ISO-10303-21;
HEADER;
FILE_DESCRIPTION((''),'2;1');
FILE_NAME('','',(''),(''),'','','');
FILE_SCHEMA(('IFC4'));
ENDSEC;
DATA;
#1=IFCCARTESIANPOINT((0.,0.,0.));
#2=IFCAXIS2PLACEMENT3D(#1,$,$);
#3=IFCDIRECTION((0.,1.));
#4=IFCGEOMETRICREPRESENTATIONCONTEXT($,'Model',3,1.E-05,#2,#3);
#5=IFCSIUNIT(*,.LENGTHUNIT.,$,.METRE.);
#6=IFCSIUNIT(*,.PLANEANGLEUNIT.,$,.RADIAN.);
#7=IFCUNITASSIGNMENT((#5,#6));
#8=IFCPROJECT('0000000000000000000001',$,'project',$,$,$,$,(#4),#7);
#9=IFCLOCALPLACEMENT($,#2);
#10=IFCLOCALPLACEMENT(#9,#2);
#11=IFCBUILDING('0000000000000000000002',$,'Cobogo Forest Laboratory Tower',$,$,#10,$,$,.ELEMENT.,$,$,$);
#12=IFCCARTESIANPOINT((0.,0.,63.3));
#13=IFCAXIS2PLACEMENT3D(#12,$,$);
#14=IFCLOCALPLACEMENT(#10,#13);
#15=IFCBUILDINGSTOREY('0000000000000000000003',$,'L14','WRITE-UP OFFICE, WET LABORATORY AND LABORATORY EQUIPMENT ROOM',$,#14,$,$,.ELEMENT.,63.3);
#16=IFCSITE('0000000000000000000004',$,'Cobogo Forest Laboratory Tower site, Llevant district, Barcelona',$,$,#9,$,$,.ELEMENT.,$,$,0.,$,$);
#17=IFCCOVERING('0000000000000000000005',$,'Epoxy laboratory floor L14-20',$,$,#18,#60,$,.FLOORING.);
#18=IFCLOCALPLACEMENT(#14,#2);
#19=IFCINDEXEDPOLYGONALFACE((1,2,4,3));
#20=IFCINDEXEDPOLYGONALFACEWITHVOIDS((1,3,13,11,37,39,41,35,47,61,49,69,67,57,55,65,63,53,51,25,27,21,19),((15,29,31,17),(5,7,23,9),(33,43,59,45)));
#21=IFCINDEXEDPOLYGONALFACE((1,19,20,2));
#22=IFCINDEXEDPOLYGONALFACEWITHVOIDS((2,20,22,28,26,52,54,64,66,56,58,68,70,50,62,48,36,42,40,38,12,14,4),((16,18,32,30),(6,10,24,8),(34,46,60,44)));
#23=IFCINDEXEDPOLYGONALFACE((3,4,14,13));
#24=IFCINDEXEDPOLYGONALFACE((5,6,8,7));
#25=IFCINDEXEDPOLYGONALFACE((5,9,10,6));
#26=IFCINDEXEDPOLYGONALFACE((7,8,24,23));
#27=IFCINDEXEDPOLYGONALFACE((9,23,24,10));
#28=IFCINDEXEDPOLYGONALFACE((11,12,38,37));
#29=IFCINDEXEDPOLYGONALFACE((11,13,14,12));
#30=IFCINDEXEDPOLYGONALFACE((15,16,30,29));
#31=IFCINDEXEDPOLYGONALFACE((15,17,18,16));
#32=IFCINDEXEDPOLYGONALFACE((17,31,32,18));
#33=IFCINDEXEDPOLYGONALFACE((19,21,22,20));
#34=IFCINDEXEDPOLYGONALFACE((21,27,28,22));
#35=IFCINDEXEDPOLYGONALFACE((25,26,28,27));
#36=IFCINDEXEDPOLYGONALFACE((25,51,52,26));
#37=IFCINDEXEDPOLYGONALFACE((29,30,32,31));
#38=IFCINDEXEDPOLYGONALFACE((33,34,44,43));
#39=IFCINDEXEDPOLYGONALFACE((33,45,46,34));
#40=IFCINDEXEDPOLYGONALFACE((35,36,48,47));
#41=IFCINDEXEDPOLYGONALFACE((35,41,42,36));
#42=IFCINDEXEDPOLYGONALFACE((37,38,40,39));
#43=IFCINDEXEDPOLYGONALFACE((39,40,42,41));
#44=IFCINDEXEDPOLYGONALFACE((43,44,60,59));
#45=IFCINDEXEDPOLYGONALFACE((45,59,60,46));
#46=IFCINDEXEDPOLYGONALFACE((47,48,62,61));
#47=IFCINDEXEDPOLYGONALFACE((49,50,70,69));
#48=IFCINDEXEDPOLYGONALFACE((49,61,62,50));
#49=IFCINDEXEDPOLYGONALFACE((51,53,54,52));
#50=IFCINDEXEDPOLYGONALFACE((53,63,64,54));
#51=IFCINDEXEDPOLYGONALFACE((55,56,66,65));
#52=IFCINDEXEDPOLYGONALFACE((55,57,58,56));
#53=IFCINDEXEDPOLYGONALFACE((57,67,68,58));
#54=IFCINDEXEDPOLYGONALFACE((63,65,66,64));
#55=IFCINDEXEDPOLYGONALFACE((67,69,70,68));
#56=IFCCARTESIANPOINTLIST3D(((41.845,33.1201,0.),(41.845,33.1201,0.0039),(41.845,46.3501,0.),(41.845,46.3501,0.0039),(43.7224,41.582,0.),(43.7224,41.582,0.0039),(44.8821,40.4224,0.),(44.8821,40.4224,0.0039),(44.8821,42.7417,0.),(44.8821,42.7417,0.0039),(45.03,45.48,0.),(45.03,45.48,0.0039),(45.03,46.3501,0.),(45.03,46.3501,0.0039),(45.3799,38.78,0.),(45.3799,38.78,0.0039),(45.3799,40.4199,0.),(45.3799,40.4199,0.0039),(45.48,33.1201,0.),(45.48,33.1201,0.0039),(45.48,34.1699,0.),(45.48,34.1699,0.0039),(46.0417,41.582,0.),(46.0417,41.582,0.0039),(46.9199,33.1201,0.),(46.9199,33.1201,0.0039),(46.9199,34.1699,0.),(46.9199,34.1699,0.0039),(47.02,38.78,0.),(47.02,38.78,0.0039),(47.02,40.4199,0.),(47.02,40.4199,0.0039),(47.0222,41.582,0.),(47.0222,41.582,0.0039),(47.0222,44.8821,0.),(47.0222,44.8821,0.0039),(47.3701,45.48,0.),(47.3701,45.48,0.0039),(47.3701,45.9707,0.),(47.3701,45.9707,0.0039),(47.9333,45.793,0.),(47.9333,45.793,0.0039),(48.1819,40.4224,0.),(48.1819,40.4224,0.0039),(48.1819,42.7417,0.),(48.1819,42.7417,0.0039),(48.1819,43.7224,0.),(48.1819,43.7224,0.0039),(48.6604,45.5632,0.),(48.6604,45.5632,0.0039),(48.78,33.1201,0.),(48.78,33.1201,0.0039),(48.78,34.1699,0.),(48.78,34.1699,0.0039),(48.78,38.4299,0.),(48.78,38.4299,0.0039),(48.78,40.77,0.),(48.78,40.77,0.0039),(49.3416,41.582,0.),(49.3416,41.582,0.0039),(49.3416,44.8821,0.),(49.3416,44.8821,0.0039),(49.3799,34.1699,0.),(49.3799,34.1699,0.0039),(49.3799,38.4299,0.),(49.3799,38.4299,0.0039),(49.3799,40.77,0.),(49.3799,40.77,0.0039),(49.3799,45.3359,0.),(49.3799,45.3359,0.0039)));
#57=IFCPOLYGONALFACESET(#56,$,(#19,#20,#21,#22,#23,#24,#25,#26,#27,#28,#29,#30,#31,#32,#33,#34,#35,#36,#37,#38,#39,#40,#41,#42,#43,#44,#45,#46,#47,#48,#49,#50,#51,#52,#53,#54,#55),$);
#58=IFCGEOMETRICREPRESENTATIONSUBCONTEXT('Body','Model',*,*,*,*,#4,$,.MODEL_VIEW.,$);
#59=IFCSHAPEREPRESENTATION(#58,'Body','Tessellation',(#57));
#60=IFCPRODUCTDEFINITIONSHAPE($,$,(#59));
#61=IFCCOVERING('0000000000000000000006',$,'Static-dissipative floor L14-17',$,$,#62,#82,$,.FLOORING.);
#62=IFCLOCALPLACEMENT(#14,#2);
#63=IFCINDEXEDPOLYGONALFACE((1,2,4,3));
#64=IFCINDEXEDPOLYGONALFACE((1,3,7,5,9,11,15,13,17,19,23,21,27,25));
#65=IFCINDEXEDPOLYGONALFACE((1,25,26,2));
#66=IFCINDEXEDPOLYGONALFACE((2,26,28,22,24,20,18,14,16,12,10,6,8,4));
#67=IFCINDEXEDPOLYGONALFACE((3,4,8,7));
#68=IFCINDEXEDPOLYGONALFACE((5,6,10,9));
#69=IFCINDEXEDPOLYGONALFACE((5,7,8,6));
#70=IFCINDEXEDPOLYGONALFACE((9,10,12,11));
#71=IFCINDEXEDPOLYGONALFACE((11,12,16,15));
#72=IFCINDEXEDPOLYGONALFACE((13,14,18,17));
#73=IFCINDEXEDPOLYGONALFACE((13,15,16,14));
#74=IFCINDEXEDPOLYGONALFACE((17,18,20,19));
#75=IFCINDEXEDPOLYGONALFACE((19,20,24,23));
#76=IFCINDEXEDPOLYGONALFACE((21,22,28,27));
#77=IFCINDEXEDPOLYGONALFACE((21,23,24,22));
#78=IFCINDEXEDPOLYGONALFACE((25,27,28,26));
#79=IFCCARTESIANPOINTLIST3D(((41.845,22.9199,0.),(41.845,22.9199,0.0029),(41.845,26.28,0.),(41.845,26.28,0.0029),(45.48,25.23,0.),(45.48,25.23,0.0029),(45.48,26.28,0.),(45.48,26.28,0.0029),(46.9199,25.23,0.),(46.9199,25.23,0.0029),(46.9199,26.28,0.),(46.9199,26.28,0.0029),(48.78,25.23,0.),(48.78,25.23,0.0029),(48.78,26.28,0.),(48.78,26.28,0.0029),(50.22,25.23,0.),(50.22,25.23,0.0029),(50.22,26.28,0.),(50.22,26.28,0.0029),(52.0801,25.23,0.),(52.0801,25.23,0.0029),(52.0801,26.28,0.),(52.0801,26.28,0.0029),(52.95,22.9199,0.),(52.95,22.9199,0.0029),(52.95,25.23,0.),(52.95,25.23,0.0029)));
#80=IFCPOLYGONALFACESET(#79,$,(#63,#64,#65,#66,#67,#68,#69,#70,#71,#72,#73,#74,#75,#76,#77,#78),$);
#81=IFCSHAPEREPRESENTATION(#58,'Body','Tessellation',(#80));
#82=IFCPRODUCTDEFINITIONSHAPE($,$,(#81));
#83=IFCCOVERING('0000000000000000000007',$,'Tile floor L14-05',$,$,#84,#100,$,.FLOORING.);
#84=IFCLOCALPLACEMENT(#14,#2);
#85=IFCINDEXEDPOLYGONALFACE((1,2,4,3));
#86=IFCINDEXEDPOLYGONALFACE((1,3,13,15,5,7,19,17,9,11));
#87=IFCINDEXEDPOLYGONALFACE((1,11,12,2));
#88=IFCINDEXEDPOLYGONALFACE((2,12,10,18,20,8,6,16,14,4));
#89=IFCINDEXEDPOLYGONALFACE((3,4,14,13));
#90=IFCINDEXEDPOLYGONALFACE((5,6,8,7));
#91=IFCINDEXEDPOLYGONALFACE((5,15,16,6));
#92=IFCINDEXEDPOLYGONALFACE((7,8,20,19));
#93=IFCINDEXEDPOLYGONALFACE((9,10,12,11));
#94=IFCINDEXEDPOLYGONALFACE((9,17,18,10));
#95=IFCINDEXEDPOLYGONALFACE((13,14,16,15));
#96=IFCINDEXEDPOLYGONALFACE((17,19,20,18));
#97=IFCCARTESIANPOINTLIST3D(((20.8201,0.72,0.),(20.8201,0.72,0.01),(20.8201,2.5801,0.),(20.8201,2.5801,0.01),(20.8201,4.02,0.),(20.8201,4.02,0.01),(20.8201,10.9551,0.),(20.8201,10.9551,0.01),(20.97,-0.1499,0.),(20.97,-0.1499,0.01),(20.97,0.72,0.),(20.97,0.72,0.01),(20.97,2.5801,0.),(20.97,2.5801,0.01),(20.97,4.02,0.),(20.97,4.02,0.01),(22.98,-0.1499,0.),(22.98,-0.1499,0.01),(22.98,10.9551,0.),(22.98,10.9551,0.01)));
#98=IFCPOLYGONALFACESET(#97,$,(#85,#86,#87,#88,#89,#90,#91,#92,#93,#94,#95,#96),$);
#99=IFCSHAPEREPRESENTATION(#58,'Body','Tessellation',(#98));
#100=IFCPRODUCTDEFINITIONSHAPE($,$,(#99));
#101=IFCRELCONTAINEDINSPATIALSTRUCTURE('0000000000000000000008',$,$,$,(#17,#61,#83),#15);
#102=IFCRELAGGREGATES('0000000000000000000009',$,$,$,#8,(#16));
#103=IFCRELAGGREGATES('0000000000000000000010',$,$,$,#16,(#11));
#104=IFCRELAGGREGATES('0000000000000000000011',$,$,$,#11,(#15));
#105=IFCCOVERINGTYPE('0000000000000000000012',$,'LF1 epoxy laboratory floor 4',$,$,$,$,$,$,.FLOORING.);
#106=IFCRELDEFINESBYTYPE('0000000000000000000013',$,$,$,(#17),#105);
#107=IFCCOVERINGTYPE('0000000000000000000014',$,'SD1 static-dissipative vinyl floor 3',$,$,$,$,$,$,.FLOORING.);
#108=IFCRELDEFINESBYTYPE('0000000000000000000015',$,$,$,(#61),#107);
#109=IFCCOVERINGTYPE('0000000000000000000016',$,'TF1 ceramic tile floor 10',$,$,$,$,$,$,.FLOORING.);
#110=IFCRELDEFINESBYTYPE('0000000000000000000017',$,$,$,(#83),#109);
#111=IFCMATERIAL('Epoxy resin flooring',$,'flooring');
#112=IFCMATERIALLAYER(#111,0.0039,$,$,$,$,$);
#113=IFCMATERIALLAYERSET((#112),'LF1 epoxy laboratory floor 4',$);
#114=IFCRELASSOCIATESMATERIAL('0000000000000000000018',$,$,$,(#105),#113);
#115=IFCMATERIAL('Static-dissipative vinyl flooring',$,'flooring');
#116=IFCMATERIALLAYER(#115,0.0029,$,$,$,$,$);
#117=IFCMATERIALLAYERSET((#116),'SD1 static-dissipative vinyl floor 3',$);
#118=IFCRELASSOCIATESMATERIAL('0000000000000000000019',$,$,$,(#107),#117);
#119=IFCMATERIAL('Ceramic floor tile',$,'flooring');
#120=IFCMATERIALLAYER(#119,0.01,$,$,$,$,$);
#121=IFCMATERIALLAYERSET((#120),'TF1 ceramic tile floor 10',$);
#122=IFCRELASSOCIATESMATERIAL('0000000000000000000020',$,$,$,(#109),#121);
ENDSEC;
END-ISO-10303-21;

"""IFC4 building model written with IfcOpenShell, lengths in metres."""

from ifc_helpers import new_model, si_unit, direction, frame, origin, place, context, subcontext, project, spatial, polyline, outline, extrude, material, layer, layer_set, type_object, element, save


model = new_model("IFC4")

# Units and contexts
model_context = context("Model", 3, precision=1e-05, world=origin(), true_north=direction((0.0, 1.0)))
body_context = subcontext(model_context, "Body", "Model", "MODEL_VIEW")
ifc_project = project(units=[si_unit("LENGTHUNIT", "METRE"), si_unit("PLANEANGLEUNIT", "RADIAN")], contexts=[model_context])

# Site, building, storey
site_placement = place(None, origin())
site = spatial("IfcSite", under=ifc_project, at=site_placement, Name="Cobogo Forest Laboratory Tower site, Llevant district, Barcelona", CompositionType="ELEMENT", RefElevation=0.0)
building_placement = place(site_placement, origin())
building = spatial("IfcBuilding", under=site, at=building_placement, Name="Cobogo Forest Laboratory Tower", CompositionType="ELEMENT")
storey_placement = place(building_placement, frame((0.0, 0.0, 63.3)))
storey = spatial("IfcBuildingStorey", under=building, at=storey_placement, Name="L14", Description="WRITE-UP OFFICE, WET LABORATORY AND LABORATORY EQUIPMENT ROOM", CompositionType="ELEMENT", Elevation=63.3)

# Coverings
ifc_material_1 = material(Name="Epoxy resin flooring", Category="flooring")
ifc_layer_1 = layer(ifc_material_1, 0.0039)
ifc_layer_set_1 = layer_set([ifc_layer_1], Name="LF1 epoxy laboratory floor 4")
covering_type_1 = type_object("IfcCoveringType", Name="LF1 epoxy laboratory floor 4", PredefinedType="FLOORING", material=ifc_layer_set_1)
covering_1_placement = place(storey_placement, origin())
element("IfcCovering", 1, at=covering_1_placement, inside=storey, type_object=covering_type_1, Name="Epoxy laboratory floor L14-20", PredefinedType="FLOORING", context=body_context, shape_type="SweptSolid", body=[
    extrude(outline(polyline([(46.9199, 33.1201), (46.9199, 34.1699), (45.48, 34.1699), (45.48, 33.1201), (41.845, 33.1201), (41.845, 46.3501), (45.03, 46.3501), (45.03, 45.48), (47.3701, 45.48), (47.3701, 45.9707), (47.9333, 45.793), (47.0222, 44.8821), (48.1819, 43.7224), (49.3416, 44.8821), (48.6604, 45.5632), (49.3799, 45.3359), (49.3799, 40.77), (48.78, 40.77), (48.78, 38.4299), (49.3799, 38.4299), (49.3799, 34.1699), (48.78, 34.1699), (48.78, 33.1201), (46.9199, 33.1201)]), holes=[polyline([(47.0222, 41.582), (48.1819, 40.4224), (49.3416, 41.582), (48.1819, 42.7417), (47.0222, 41.582)]), polyline([(47.02, 40.4199), (45.3799, 40.4199), (45.3799, 38.78), (47.02, 38.78), (47.02, 40.4199)]), polyline([(43.7224, 41.582), (44.8821, 40.4224), (46.0417, 41.582), (44.8821, 42.7417), (43.7224, 41.582)])]), origin(), (0.0, 0.0, 1.0), 0.0039),
])
ifc_material_2 = material(Name="Static-dissipative vinyl flooring", Category="flooring")
ifc_layer_2 = layer(ifc_material_2, 0.0029)
ifc_layer_set_2 = layer_set([ifc_layer_2], Name="SD1 static-dissipative vinyl floor 3")
covering_type_2 = type_object("IfcCoveringType", Name="SD1 static-dissipative vinyl floor 3", PredefinedType="FLOORING", material=ifc_layer_set_2)
covering_2_placement = place(storey_placement, origin())
element("IfcCovering", 2, at=covering_2_placement, inside=storey, type_object=covering_type_2, Name="Static-dissipative floor L14-17", PredefinedType="FLOORING", context=body_context, shape_type="SweptSolid", body=[
    extrude(outline(polyline([(41.845, 26.28), (45.48, 26.28), (45.48, 25.23), (46.9199, 25.23), (46.9199, 26.28), (48.78, 26.28), (48.78, 25.23), (50.22, 25.23), (50.22, 26.28), (52.0801, 26.28), (52.0801, 25.23), (52.95, 25.23), (52.95, 22.9199), (41.845, 22.9199), (41.845, 26.28)])), origin(), (0.0, 0.0, 1.0), 0.0029),
])
ifc_material_3 = material(Name="Ceramic floor tile", Category="flooring")
ifc_layer_3 = layer(ifc_material_3, 0.01)
ifc_layer_set_3 = layer_set([ifc_layer_3], Name="TF1 ceramic tile floor 10")
covering_type_3 = type_object("IfcCoveringType", Name="TF1 ceramic tile floor 10", PredefinedType="FLOORING", material=ifc_layer_set_3)
covering_3_placement = place(storey_placement, origin())
element("IfcCovering", 3, at=covering_3_placement, inside=storey, type_object=covering_type_3, Name="Tile floor L14-05", PredefinedType="FLOORING", context=body_context, shape_type="SweptSolid", body=[
    extrude(outline(polyline([(22.98, 10.9551), (22.98, -0.1499), (20.97, -0.1499), (20.97, 0.72), (20.8201, 0.72), (20.8201, 2.5801), (20.97, 2.5801), (20.97, 4.02), (20.8201, 4.02), (20.8201, 10.9551), (22.98, 10.9551)])), origin(), (0.0, 0.0, 1.0), 0.01),
])

save(model, "model.ifc")
